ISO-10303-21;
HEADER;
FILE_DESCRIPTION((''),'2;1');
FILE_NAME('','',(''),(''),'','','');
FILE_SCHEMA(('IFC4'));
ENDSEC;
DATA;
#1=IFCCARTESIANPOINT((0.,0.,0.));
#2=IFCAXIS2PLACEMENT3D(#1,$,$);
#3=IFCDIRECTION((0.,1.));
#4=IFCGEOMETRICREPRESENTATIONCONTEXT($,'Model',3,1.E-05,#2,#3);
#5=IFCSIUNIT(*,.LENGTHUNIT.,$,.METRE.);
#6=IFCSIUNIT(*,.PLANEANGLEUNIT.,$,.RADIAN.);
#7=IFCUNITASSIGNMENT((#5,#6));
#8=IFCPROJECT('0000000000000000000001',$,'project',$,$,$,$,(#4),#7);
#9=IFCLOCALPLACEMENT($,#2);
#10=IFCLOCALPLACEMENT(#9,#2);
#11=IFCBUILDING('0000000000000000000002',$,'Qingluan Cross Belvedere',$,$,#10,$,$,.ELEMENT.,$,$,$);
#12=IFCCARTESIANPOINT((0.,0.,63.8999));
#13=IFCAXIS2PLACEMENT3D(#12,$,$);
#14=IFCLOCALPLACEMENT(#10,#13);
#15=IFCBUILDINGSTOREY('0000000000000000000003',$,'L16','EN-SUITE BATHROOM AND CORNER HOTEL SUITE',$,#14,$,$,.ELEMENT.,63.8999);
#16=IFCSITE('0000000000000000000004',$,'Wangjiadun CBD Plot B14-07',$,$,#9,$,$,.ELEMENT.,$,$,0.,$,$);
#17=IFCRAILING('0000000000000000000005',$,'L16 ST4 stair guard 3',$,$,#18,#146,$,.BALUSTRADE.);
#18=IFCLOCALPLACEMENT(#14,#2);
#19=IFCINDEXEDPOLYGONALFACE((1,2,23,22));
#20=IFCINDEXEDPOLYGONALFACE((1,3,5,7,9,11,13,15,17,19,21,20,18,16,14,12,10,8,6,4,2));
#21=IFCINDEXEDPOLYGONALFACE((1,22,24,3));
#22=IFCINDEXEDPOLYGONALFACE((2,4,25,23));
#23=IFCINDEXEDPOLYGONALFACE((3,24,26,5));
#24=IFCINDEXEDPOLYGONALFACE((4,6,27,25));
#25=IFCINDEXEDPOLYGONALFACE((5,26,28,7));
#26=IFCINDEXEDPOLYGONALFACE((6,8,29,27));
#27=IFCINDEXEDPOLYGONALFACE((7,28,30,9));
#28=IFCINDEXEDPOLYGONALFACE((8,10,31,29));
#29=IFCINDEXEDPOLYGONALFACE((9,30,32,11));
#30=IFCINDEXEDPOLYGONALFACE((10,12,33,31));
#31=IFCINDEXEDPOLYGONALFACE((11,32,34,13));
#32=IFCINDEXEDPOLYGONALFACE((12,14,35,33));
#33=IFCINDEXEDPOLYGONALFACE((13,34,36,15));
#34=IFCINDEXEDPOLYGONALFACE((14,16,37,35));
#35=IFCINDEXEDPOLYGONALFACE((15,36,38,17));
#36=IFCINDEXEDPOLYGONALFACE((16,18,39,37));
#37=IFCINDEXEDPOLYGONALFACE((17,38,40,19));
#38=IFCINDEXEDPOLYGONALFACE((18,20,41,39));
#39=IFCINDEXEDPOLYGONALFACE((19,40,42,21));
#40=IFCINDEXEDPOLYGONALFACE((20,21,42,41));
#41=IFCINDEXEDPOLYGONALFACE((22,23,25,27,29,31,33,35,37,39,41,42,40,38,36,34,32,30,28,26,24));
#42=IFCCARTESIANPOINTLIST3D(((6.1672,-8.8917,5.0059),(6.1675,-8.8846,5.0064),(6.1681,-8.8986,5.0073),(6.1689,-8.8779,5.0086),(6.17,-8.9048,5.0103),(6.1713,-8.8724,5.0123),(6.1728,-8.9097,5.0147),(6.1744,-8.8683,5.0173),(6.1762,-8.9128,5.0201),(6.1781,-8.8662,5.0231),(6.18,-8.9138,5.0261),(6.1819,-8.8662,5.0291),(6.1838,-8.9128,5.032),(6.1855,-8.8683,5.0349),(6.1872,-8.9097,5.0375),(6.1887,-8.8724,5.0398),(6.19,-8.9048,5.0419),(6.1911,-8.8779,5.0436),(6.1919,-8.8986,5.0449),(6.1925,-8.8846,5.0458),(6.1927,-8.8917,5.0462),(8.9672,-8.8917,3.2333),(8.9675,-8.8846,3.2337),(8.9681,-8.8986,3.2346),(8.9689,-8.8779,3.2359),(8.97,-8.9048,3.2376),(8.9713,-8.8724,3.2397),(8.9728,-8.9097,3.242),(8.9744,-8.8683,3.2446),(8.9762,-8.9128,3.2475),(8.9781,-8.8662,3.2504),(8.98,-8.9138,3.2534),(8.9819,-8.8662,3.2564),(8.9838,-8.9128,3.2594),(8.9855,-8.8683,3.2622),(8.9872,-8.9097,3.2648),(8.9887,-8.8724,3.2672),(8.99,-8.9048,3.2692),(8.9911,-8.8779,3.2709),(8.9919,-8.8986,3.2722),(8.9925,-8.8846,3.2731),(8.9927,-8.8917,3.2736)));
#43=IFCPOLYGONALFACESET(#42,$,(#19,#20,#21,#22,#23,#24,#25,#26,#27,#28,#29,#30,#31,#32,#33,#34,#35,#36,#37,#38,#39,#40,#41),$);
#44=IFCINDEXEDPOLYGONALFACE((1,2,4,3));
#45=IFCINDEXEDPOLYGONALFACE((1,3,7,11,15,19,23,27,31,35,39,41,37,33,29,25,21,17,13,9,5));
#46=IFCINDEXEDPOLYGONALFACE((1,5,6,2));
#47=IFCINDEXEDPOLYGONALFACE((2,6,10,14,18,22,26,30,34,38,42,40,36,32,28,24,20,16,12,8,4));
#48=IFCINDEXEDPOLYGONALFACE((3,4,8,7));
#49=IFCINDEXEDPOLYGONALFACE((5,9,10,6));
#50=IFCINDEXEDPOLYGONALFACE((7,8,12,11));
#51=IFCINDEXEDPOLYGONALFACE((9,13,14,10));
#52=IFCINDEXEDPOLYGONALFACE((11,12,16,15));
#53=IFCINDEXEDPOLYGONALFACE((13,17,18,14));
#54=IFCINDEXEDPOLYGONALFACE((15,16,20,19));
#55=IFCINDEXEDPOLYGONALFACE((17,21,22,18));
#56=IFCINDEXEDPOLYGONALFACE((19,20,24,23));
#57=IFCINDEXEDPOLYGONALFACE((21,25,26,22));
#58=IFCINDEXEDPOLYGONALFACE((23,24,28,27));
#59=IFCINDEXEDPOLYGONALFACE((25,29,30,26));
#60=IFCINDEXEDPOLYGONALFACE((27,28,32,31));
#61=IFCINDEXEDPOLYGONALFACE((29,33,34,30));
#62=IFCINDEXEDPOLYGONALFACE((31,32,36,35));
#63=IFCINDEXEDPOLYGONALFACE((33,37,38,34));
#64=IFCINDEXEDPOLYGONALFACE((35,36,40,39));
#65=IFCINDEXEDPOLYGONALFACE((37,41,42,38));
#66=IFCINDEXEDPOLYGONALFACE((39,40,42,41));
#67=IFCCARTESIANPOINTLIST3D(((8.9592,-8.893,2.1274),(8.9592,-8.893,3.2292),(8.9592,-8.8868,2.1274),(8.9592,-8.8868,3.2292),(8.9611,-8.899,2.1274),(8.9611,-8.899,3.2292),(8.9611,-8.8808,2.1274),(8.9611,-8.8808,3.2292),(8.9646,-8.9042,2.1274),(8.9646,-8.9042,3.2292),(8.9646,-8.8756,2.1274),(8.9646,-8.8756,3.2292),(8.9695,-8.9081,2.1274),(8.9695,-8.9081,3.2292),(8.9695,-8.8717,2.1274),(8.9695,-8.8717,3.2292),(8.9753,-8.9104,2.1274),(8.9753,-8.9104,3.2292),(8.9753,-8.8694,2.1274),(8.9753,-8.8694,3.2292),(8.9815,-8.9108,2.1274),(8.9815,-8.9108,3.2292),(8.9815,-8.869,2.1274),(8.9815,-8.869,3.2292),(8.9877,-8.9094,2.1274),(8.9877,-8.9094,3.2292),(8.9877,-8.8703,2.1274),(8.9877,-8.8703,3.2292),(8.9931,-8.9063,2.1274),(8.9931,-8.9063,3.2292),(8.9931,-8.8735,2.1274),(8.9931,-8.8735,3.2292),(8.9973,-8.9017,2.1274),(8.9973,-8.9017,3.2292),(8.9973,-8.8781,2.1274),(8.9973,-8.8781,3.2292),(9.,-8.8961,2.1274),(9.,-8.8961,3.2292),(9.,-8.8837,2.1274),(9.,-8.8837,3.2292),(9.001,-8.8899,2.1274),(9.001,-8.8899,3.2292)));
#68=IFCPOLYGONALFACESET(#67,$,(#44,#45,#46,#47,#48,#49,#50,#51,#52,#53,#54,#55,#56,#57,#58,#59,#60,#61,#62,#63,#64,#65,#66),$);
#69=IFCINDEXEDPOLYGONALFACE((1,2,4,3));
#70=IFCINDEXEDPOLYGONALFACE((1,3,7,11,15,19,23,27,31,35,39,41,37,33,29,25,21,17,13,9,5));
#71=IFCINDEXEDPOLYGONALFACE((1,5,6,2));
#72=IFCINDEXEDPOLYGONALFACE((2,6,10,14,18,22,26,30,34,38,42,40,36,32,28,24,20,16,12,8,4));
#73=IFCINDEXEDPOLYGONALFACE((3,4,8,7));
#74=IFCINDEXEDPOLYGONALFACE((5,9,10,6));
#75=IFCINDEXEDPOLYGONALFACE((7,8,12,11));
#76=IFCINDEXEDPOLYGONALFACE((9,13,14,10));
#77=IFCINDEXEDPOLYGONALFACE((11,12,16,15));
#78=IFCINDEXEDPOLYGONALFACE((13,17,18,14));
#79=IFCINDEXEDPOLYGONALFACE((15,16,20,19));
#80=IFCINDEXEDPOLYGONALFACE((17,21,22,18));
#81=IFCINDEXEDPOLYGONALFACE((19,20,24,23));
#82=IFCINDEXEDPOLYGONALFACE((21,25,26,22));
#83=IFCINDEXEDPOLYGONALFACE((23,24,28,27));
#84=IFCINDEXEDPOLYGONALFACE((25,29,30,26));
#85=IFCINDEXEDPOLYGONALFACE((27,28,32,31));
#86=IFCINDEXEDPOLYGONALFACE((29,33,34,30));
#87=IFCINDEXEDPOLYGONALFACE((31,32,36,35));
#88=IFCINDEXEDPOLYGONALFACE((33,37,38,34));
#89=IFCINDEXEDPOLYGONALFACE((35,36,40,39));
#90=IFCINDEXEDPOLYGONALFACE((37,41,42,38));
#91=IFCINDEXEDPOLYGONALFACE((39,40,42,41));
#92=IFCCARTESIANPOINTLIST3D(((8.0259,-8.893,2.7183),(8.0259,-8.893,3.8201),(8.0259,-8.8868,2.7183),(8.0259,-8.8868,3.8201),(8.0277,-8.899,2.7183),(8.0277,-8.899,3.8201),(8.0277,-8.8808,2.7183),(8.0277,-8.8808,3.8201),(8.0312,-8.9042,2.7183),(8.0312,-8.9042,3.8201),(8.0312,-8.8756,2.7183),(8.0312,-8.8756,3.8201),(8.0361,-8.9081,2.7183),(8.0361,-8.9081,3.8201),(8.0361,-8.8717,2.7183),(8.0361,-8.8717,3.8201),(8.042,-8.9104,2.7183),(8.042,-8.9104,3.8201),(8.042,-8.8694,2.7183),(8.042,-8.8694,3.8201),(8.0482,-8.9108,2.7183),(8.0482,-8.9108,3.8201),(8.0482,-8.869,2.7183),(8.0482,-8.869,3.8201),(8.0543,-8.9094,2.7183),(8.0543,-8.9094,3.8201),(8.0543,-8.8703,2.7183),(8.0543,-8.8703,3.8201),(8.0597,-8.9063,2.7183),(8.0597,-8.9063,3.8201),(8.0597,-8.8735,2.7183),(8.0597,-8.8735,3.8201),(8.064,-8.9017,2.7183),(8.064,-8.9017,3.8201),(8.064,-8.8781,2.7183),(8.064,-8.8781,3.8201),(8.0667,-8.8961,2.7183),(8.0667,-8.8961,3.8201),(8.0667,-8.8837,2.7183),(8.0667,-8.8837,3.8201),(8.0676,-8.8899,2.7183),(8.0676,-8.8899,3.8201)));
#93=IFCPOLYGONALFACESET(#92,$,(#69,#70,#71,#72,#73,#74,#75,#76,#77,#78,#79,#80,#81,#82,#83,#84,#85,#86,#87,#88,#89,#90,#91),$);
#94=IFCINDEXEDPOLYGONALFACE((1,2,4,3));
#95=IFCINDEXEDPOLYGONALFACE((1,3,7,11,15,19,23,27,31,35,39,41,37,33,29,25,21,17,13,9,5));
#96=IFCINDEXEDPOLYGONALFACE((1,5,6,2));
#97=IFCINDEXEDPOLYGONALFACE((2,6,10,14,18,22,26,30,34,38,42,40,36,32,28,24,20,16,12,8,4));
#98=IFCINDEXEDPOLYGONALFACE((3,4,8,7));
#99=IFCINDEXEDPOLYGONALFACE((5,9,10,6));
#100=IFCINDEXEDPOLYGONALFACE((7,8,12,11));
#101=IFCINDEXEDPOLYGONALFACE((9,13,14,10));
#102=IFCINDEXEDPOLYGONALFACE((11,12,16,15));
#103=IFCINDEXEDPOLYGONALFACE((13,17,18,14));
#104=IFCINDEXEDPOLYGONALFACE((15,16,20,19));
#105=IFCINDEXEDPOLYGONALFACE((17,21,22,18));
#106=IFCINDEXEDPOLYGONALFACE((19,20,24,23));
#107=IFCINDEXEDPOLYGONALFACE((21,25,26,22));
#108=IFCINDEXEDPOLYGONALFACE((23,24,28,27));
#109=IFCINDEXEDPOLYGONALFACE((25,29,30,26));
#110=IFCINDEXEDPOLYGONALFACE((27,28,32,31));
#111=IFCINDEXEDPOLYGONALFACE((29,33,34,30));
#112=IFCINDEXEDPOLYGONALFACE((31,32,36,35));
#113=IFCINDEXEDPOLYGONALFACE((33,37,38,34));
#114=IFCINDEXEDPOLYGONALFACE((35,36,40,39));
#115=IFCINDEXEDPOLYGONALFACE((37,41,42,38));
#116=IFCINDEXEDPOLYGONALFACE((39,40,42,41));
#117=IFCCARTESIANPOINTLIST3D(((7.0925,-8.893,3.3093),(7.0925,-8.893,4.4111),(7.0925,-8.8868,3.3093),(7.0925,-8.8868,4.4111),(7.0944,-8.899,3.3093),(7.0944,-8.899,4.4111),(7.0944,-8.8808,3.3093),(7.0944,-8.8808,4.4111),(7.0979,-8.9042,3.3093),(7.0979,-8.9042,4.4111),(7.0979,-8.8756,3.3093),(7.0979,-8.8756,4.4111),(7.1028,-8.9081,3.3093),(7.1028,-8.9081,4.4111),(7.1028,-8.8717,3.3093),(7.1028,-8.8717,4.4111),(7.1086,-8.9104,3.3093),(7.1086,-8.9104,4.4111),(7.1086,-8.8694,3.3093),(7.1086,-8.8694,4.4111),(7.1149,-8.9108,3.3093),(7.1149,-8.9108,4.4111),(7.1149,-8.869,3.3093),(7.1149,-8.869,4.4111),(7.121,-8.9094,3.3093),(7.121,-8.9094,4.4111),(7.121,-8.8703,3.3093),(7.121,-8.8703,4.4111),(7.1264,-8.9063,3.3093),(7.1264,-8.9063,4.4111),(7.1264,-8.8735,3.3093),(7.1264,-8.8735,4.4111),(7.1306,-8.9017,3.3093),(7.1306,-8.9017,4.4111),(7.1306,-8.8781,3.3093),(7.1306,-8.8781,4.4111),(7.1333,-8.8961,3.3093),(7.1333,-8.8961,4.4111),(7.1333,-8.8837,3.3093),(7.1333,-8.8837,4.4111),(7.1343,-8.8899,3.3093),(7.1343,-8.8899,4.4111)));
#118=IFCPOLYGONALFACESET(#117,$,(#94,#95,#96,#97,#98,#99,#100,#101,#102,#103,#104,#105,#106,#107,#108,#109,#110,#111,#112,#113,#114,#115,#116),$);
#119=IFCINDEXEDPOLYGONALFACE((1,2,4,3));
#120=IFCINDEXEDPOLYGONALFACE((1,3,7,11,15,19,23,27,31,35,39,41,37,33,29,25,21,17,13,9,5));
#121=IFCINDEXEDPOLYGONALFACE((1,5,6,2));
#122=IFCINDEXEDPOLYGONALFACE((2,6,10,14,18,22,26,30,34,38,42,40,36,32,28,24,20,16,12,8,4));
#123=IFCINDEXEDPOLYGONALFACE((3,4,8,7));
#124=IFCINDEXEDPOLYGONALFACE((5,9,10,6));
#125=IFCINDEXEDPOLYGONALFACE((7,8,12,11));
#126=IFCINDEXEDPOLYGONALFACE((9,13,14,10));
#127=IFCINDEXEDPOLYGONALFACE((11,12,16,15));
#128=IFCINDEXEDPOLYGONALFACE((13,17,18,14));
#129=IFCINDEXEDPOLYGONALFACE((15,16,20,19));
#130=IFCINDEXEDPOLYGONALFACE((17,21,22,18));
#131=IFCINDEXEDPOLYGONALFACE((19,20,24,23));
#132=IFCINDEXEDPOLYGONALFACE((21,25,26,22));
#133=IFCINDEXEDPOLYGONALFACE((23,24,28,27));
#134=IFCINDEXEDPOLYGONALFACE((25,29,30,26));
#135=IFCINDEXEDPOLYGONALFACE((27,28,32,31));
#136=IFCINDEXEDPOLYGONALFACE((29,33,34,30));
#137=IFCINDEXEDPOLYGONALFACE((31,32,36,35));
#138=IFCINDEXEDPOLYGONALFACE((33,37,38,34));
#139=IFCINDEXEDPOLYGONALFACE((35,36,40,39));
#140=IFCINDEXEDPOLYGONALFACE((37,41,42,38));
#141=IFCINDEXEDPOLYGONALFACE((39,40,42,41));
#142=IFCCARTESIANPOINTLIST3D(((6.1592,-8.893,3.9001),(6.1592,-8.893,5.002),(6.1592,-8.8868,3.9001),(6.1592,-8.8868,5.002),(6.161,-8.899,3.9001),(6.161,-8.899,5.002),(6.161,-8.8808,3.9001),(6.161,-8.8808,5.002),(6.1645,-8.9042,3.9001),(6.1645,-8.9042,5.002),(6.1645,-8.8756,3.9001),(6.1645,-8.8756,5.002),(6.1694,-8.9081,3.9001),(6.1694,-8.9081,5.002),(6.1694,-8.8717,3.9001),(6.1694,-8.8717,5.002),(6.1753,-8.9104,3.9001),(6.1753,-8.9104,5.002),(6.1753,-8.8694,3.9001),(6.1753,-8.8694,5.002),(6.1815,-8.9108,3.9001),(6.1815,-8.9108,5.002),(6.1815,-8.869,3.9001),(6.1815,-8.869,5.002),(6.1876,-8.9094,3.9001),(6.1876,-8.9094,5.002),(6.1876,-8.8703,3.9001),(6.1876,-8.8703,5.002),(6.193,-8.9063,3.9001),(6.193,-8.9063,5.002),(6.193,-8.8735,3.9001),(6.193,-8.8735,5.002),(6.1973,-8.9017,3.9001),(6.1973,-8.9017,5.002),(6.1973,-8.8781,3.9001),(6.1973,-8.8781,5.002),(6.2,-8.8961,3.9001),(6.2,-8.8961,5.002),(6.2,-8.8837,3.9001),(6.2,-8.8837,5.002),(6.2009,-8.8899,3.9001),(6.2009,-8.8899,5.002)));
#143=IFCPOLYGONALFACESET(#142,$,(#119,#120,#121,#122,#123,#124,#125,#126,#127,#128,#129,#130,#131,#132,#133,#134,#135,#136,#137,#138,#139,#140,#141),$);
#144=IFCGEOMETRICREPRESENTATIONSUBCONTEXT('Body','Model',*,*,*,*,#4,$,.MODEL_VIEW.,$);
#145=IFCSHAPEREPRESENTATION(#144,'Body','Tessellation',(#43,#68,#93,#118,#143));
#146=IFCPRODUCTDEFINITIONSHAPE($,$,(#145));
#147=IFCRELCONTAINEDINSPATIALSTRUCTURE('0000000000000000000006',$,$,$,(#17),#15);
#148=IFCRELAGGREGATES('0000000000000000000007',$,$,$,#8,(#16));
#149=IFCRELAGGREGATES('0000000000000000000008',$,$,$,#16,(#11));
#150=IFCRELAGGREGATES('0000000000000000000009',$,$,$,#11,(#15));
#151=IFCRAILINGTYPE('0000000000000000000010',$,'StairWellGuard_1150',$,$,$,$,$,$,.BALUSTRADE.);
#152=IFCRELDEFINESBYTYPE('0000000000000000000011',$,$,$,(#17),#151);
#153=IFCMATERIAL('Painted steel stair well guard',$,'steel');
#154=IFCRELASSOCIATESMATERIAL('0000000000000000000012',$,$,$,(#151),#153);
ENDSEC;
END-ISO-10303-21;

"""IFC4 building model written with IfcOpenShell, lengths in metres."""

from ifc_helpers import new_model, si_unit, direction, frame, origin, origin_2d, place, context, subcontext, project, spatial, circle, extrude, material, type_object, element, save


model = new_model("IFC4")

# Units and contexts
model_context = context("Model", 3, precision=1e-05, world=origin(), true_north=direction((0.0, 1.0)))
body_context = subcontext(model_context, "Body", "Model", "MODEL_VIEW")
ifc_project = project(units=[si_unit("LENGTHUNIT", "METRE"), si_unit("PLANEANGLEUNIT", "RADIAN")], contexts=[model_context])

# Site, building, storey
site_placement = place(None, origin())
site = spatial("IfcSite", under=ifc_project, at=site_placement, Name="Wangjiadun CBD Plot B14-07", CompositionType="ELEMENT", RefElevation=0.0)
building_placement = place(site_placement, origin())
building = spatial("IfcBuilding", under=site, at=building_placement, Name="Qingluan Cross Belvedere", CompositionType="ELEMENT")
storey_placement = place(building_placement, frame((0.0, 0.0, 63.8999)))
storey = spatial("IfcBuildingStorey", under=building, at=storey_placement, Name="L16", Description="EN-SUITE BATHROOM AND CORNER HOTEL SUITE", CompositionType="ELEMENT", Elevation=63.8999)

# Railing
ifc_material_1 = material(Name="Painted steel stair well guard", Category="steel")
railing_type_1 = type_object("IfcRailingType", Name="StairWellGuard_1150", PredefinedType="BALUSTRADE", material=ifc_material_1)
railing_1_placement = place(storey_placement, frame((8.98, -8.8899, 2.1274)))
element("IfcRailing", 1, at=railing_1_placement, inside=storey, type_object=railing_type_1, Name="L16 ST4 stair guard 3", PredefinedType="BALUSTRADE", context=body_context, shape_type="SweptSolid", body=[
    extrude(circle(Radius=0.0239, at=origin_2d()), frame((0.0, 0.0, 1.126), z_axis=(-0.844909, 0.0, 0.53491), x_axis=(0.0, -1.0, 0.0)), (0.0, 0.0, 1.0), 3.314),
    extrude(circle(Radius=0.021, at=origin_2d()), origin(), (0.0, 0.0, 1.0), 1.1018),
    extrude(circle(Radius=0.021, at=origin_2d()), frame((-0.9333, 0.0, 0.5908)), (0.0, 0.0, 1.0), 1.1018),
    extrude(circle(Radius=0.021, at=origin_2d()), frame((-1.8667, 0.0, 1.1819)), (0.0, 0.0, 1.0), 1.1018),
    extrude(circle(Radius=0.021, at=origin_2d()), frame((-2.8, 0.0, 1.7727)), (0.0, 0.0, 1.0), 1.1018),
])

save(model, "model.ifc")
